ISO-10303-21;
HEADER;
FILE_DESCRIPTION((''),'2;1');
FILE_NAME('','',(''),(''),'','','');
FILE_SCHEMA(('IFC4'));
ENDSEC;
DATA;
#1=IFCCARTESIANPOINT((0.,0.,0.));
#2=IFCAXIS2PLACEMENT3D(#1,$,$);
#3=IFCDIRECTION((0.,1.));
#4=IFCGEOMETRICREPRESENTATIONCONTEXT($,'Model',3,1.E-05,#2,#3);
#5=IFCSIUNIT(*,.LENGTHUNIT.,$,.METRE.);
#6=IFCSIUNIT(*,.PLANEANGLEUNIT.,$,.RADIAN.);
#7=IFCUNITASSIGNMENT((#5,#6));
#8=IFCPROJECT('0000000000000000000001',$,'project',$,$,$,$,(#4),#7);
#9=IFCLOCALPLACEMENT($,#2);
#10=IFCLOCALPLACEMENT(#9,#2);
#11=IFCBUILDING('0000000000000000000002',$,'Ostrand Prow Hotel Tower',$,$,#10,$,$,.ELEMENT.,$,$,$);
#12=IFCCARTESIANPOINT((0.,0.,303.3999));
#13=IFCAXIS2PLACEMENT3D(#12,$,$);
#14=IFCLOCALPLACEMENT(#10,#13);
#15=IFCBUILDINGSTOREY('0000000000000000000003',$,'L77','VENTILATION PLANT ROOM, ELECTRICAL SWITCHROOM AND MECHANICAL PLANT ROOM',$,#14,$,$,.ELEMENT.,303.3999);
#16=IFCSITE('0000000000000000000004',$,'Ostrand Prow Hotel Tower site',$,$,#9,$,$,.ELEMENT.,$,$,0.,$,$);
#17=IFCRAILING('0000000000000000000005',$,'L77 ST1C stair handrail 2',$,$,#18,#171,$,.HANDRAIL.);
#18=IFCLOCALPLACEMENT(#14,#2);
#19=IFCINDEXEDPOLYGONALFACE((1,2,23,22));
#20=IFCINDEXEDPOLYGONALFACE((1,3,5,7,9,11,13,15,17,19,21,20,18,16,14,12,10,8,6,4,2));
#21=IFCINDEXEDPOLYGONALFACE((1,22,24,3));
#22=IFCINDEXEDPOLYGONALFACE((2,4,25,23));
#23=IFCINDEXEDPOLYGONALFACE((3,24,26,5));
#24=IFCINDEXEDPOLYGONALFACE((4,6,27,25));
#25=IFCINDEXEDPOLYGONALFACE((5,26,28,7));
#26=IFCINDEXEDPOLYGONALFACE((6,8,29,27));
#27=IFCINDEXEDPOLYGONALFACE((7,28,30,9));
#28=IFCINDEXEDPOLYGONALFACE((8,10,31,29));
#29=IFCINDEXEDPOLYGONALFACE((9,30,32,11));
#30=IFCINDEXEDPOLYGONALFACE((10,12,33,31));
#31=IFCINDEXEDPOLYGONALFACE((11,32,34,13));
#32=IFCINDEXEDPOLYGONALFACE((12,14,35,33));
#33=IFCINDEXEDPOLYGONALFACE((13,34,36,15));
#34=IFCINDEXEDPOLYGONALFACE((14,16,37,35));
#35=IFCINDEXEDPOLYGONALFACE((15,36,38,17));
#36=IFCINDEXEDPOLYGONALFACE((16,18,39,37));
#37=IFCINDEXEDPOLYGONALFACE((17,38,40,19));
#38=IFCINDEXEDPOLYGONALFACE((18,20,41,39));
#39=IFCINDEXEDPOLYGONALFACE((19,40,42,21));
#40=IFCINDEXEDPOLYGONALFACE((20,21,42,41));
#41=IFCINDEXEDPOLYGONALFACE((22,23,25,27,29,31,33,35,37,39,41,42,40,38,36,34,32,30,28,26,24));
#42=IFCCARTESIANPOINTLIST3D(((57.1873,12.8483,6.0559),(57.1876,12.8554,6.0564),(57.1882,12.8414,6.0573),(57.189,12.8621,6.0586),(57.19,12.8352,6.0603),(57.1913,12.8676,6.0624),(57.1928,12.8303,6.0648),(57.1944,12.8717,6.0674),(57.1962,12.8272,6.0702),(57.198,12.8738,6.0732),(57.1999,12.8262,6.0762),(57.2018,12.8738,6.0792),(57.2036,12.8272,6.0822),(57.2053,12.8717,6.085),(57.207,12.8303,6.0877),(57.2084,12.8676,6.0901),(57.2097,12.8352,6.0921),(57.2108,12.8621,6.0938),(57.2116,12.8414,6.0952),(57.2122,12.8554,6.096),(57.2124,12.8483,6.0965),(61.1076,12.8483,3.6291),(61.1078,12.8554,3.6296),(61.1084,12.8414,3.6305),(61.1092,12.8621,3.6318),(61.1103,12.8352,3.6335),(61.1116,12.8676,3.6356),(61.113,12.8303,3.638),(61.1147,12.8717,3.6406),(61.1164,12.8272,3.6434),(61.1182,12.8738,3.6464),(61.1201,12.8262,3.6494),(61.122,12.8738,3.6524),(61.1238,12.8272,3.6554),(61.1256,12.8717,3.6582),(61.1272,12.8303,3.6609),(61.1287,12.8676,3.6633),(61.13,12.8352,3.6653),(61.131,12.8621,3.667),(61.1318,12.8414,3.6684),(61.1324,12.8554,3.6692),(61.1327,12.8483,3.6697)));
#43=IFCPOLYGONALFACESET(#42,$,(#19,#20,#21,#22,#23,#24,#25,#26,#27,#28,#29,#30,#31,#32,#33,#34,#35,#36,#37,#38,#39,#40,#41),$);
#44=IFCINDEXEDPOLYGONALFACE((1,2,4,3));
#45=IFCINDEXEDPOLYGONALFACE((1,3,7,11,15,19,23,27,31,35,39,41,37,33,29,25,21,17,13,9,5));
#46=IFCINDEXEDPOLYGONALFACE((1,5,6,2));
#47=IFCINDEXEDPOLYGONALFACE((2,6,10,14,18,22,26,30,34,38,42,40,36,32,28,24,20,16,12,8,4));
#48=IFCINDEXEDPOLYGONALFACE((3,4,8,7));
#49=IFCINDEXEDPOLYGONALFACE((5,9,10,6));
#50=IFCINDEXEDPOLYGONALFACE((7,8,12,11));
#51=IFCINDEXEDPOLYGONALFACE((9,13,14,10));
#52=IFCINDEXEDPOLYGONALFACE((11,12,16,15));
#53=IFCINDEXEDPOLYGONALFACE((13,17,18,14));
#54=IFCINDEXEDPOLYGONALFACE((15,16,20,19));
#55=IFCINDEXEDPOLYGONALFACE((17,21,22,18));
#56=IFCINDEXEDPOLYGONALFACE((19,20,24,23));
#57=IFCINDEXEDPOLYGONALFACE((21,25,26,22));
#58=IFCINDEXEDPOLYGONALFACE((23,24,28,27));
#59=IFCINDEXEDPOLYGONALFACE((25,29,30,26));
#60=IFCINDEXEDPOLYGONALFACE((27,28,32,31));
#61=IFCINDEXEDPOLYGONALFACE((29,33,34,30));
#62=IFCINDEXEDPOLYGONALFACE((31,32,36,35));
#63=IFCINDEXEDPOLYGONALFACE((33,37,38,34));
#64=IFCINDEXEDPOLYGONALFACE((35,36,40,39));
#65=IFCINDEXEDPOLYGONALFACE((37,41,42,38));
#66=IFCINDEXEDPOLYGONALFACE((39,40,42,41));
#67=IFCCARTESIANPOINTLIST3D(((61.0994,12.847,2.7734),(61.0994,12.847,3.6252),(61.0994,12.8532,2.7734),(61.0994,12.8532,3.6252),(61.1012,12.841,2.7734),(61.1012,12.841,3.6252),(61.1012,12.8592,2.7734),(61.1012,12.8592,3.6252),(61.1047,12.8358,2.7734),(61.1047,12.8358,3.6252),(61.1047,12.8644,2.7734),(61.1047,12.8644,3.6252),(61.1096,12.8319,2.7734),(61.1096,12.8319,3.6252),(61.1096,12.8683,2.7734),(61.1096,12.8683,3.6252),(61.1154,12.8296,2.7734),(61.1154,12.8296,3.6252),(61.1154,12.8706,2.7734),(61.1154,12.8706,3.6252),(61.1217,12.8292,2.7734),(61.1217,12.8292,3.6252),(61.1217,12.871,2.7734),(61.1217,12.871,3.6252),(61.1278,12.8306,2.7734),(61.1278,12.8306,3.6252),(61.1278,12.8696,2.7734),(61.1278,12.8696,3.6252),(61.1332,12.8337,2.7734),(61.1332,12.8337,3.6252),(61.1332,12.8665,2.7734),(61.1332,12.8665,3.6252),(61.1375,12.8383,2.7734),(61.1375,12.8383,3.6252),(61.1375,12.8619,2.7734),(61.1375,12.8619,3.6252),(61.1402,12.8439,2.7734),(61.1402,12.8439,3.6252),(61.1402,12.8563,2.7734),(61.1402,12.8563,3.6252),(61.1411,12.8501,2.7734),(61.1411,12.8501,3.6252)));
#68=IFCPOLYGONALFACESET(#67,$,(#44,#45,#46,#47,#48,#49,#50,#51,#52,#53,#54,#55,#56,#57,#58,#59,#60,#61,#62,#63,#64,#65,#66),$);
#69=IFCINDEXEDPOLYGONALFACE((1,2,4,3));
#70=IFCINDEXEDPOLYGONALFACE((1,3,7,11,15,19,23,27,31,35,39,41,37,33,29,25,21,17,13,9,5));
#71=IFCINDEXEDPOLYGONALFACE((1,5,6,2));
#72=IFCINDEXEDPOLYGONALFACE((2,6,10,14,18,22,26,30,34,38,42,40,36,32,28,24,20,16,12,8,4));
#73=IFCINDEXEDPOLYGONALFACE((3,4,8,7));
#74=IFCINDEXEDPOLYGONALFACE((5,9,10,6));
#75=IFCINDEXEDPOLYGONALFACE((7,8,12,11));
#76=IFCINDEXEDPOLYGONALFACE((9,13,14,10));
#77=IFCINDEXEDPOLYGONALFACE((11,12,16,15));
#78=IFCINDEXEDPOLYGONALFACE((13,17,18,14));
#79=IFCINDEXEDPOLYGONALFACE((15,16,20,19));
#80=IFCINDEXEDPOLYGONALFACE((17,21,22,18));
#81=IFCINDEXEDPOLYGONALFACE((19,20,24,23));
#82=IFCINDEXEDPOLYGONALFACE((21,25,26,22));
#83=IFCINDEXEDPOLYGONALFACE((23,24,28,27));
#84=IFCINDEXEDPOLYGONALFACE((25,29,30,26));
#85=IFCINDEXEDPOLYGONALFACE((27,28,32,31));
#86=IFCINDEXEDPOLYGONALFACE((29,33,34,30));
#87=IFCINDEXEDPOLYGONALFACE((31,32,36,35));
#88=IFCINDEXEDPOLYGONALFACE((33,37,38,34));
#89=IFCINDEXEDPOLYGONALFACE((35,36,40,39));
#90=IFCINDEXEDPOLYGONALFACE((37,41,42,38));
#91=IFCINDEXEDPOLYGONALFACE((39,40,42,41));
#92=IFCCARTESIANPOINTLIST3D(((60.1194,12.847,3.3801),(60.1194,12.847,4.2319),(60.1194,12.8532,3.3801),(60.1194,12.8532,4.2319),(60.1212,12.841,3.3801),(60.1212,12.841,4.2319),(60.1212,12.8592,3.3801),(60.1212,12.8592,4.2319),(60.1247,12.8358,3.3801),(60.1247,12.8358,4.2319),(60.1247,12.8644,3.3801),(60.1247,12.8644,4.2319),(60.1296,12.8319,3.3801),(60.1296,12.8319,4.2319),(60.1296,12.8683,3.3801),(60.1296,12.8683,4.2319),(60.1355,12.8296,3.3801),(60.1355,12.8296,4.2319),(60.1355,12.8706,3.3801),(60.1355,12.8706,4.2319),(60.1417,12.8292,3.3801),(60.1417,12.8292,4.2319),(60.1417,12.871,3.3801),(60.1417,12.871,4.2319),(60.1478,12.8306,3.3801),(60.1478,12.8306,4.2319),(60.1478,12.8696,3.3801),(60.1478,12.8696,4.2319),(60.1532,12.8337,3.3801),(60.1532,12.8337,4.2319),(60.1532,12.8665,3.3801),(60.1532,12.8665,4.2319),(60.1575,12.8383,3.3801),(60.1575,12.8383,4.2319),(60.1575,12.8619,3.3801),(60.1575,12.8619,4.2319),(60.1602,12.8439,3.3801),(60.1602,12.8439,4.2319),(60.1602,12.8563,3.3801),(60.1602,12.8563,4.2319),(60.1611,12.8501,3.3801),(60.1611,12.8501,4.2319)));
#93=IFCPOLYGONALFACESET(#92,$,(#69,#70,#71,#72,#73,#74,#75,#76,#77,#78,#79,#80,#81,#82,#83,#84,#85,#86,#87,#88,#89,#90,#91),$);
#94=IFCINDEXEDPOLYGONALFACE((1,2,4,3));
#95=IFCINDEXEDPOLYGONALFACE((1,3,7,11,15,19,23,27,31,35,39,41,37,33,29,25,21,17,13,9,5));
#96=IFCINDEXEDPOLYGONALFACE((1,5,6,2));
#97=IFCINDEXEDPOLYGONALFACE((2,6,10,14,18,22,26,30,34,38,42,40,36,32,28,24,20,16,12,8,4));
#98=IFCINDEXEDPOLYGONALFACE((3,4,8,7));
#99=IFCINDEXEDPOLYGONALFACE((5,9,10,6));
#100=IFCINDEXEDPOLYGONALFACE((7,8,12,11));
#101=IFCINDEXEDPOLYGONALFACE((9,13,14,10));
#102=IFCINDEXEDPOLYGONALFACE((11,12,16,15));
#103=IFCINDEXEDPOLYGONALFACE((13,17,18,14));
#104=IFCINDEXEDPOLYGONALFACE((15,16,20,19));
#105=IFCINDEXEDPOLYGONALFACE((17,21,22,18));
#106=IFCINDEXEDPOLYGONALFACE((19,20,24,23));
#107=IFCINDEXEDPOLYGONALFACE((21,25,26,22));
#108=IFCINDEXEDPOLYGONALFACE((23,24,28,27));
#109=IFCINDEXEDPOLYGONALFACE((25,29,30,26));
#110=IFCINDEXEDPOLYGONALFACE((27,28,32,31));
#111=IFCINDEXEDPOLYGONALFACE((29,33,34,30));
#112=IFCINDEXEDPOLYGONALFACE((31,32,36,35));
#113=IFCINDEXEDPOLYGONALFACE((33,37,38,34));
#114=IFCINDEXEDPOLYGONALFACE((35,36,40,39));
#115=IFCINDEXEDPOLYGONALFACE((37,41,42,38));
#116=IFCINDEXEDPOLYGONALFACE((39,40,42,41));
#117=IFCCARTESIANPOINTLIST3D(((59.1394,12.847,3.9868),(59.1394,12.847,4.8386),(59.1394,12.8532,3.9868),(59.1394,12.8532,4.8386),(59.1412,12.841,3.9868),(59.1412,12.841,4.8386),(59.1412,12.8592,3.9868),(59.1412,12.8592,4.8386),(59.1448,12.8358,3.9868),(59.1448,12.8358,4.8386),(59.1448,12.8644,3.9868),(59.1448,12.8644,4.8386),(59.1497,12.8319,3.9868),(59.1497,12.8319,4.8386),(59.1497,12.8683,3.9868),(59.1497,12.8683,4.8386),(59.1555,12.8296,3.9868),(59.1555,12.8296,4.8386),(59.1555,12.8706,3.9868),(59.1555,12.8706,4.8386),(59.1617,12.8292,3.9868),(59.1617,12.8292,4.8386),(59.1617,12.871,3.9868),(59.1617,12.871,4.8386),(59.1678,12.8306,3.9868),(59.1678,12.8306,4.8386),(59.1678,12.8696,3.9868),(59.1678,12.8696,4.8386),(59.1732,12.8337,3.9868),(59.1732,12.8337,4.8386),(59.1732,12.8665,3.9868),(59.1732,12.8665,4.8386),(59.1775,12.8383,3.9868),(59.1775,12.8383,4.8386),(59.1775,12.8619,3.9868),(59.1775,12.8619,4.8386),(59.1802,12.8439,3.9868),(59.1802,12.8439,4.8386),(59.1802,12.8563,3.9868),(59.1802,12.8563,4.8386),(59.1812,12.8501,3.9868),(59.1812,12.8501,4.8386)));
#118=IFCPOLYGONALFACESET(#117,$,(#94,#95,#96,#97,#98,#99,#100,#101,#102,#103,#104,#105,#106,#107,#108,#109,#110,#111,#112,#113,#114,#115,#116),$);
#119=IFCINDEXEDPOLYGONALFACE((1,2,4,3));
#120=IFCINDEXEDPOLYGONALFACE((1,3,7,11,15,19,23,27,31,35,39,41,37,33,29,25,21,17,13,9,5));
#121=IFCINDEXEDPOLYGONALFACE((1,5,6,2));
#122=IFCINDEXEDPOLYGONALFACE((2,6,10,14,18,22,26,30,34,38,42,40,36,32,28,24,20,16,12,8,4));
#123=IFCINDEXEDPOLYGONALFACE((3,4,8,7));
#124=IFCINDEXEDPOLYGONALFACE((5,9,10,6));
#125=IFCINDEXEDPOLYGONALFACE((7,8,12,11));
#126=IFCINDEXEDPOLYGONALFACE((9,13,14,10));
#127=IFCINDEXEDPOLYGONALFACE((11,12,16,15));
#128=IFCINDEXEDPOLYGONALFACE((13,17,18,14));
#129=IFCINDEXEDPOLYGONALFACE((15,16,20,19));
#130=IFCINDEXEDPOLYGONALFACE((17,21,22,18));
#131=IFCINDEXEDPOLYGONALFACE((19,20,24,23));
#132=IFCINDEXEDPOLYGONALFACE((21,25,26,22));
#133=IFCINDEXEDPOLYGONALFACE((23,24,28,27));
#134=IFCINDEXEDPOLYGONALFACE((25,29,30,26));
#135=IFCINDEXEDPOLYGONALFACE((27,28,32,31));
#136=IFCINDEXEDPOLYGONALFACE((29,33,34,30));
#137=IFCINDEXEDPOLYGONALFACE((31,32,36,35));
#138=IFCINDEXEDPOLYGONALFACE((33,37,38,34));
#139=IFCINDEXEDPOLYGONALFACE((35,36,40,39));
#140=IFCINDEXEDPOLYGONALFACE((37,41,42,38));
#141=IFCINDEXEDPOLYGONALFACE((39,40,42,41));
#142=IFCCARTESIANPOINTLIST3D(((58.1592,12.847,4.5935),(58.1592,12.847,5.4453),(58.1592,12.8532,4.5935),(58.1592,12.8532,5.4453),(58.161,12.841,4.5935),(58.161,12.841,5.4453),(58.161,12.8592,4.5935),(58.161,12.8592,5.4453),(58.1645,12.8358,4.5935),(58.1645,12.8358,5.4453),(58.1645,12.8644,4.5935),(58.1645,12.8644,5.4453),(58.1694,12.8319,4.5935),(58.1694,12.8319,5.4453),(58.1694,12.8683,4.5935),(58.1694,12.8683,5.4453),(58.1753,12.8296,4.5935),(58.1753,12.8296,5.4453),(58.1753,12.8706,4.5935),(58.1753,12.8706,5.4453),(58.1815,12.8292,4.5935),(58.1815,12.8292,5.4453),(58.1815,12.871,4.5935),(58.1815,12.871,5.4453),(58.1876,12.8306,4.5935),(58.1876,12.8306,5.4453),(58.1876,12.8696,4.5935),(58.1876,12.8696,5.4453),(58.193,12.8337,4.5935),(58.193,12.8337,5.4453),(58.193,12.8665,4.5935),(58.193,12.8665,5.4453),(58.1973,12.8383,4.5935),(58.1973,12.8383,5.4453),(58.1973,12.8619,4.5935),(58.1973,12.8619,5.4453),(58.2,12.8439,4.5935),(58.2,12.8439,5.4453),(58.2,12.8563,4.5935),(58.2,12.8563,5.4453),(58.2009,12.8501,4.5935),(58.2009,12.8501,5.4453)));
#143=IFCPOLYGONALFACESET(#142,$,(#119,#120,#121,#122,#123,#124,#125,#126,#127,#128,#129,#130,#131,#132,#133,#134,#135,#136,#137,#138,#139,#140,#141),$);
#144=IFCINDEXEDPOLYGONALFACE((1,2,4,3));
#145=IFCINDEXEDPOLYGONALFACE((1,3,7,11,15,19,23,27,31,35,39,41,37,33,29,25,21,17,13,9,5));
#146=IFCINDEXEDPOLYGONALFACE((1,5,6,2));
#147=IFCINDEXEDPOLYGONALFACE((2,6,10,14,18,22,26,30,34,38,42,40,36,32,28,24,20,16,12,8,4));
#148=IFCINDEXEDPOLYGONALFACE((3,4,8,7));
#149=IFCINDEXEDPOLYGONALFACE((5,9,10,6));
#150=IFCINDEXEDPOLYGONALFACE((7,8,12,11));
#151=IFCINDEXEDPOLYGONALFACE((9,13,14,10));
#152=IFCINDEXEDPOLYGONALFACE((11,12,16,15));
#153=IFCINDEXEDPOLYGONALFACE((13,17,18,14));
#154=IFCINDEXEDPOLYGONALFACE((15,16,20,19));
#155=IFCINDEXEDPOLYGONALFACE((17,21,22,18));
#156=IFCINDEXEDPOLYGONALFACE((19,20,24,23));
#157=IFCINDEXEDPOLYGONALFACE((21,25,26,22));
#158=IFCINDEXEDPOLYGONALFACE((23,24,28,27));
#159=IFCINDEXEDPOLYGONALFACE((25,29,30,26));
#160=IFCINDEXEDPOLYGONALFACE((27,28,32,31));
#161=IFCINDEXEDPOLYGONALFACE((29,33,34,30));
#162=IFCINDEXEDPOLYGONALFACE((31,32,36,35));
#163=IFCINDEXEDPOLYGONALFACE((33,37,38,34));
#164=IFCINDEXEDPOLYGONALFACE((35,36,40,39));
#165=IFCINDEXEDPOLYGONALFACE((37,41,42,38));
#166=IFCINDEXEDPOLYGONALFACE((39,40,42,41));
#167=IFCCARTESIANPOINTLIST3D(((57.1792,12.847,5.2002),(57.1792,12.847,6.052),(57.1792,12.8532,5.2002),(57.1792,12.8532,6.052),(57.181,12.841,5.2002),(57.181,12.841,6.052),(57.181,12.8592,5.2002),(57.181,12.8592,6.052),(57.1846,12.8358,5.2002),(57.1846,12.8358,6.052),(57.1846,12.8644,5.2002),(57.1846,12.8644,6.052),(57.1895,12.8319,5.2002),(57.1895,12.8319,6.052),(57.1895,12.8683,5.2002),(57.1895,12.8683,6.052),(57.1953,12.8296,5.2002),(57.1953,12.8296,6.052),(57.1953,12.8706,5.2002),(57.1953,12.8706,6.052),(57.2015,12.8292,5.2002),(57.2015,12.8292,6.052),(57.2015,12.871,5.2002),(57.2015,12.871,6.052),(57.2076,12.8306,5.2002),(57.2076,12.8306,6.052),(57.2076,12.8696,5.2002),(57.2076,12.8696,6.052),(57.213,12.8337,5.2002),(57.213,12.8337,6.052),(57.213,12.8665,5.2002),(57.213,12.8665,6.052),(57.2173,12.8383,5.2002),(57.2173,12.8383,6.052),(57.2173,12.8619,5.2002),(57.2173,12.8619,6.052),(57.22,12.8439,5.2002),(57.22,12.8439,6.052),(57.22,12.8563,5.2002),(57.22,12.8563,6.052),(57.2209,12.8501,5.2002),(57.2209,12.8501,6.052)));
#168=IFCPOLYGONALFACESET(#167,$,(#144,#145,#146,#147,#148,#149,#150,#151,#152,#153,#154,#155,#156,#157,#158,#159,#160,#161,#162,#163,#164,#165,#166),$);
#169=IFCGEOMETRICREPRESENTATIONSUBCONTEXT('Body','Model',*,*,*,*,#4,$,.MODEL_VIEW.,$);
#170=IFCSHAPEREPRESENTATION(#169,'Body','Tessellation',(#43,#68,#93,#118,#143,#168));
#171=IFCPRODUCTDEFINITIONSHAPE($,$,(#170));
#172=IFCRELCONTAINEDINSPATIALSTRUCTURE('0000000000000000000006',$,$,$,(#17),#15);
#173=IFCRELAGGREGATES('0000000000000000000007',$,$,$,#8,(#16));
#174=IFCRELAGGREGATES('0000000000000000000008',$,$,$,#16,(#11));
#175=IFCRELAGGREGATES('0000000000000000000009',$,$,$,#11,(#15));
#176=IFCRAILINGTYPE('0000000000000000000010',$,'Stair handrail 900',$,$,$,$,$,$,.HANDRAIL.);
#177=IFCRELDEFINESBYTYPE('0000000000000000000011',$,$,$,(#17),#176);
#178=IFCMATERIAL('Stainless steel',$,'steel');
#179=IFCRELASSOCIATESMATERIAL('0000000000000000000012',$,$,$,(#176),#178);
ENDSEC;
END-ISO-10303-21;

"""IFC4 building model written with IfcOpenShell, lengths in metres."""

from ifc_helpers import new_model, si_unit, direction, frame, origin, origin_2d, place, context, subcontext, project, spatial, circle, extrude, material, type_object, element, save


model = new_model("IFC4")

# Units and contexts
model_context = context("Model", 3, precision=1e-05, world=origin(), true_north=direction((0.0, 1.0)))
body_context = subcontext(model_context, "Body", "Model", "MODEL_VIEW")
ifc_project = project(units=[si_unit("LENGTHUNIT", "METRE"), si_unit("PLANEANGLEUNIT", "RADIAN")], contexts=[model_context])

# Site, building, storey
site_placement = place(None, origin())
site = spatial("IfcSite", under=ifc_project, at=site_placement, Name="Ostrand Prow Hotel Tower site", CompositionType="ELEMENT", RefElevation=0.0)
building_placement = place(site_placement, origin())
building = spatial("IfcBuilding", under=site, at=building_placement, Name="Ostrand Prow Hotel Tower", CompositionType="ELEMENT")
storey_placement = place(building_placement, frame((0.0, 0.0, 303.3999)))
storey = spatial("IfcBuildingStorey", under=building, at=storey_placement, Name="L77", Description="VENTILATION PLANT ROOM, ELECTRICAL SWITCHROOM AND MECHANICAL PLANT ROOM", CompositionType="ELEMENT", Elevation=303.3999)

# Railing
ifc_material_1 = material(Name="Stainless steel", Category="steel")
railing_type_1 = type_object("IfcRailingType", Name="Stair handrail 900", PredefinedType="HANDRAIL", material=ifc_material_1)
railing_1_placement = place(storey_placement, frame((61.1201, 12.8501, 2.7734)))
element("IfcRailing", 1, at=railing_1_placement, inside=storey, type_object=railing_type_1, Name="L77 ST1C stair handrail 2", PredefinedType="HANDRAIL", context=body_context, shape_type="SweptSolid", body=[
    extrude(circle(Radius=0.0239, at=origin_2d()), frame((0.0, 0.0, 0.876), z_axis=(-0.850266, 0.0, 0.526353), x_axis=(0.0, -1.0, 0.0)), (0.0, 0.0, 1.0), 4.6106),
    extrude(circle(Radius=0.021, at=origin_2d()), origin(), (0.0, 0.0, 1.0), 0.8518),
    extrude(circle(Radius=0.021, at=origin_2d()), frame((-0.98, 0.0, 0.6067)), (0.0, 0.0, 1.0), 0.8518),
    extrude(circle(Radius=0.021, at=origin_2d()), frame((-1.96, 0.0, 1.2134)), (0.0, 0.0, 1.0), 0.8518),
    extrude(circle(Radius=0.021, at=origin_2d()), frame((-2.9402, 0.0, 1.8201)), (0.0, 0.0, 1.0), 0.8518),
    extrude(circle(Radius=0.021, at=origin_2d()), frame((-3.9202, 0.0, 2.4268)), (0.0, 0.0, 1.0), 0.8518),
])

save(model, "model.ifc")
